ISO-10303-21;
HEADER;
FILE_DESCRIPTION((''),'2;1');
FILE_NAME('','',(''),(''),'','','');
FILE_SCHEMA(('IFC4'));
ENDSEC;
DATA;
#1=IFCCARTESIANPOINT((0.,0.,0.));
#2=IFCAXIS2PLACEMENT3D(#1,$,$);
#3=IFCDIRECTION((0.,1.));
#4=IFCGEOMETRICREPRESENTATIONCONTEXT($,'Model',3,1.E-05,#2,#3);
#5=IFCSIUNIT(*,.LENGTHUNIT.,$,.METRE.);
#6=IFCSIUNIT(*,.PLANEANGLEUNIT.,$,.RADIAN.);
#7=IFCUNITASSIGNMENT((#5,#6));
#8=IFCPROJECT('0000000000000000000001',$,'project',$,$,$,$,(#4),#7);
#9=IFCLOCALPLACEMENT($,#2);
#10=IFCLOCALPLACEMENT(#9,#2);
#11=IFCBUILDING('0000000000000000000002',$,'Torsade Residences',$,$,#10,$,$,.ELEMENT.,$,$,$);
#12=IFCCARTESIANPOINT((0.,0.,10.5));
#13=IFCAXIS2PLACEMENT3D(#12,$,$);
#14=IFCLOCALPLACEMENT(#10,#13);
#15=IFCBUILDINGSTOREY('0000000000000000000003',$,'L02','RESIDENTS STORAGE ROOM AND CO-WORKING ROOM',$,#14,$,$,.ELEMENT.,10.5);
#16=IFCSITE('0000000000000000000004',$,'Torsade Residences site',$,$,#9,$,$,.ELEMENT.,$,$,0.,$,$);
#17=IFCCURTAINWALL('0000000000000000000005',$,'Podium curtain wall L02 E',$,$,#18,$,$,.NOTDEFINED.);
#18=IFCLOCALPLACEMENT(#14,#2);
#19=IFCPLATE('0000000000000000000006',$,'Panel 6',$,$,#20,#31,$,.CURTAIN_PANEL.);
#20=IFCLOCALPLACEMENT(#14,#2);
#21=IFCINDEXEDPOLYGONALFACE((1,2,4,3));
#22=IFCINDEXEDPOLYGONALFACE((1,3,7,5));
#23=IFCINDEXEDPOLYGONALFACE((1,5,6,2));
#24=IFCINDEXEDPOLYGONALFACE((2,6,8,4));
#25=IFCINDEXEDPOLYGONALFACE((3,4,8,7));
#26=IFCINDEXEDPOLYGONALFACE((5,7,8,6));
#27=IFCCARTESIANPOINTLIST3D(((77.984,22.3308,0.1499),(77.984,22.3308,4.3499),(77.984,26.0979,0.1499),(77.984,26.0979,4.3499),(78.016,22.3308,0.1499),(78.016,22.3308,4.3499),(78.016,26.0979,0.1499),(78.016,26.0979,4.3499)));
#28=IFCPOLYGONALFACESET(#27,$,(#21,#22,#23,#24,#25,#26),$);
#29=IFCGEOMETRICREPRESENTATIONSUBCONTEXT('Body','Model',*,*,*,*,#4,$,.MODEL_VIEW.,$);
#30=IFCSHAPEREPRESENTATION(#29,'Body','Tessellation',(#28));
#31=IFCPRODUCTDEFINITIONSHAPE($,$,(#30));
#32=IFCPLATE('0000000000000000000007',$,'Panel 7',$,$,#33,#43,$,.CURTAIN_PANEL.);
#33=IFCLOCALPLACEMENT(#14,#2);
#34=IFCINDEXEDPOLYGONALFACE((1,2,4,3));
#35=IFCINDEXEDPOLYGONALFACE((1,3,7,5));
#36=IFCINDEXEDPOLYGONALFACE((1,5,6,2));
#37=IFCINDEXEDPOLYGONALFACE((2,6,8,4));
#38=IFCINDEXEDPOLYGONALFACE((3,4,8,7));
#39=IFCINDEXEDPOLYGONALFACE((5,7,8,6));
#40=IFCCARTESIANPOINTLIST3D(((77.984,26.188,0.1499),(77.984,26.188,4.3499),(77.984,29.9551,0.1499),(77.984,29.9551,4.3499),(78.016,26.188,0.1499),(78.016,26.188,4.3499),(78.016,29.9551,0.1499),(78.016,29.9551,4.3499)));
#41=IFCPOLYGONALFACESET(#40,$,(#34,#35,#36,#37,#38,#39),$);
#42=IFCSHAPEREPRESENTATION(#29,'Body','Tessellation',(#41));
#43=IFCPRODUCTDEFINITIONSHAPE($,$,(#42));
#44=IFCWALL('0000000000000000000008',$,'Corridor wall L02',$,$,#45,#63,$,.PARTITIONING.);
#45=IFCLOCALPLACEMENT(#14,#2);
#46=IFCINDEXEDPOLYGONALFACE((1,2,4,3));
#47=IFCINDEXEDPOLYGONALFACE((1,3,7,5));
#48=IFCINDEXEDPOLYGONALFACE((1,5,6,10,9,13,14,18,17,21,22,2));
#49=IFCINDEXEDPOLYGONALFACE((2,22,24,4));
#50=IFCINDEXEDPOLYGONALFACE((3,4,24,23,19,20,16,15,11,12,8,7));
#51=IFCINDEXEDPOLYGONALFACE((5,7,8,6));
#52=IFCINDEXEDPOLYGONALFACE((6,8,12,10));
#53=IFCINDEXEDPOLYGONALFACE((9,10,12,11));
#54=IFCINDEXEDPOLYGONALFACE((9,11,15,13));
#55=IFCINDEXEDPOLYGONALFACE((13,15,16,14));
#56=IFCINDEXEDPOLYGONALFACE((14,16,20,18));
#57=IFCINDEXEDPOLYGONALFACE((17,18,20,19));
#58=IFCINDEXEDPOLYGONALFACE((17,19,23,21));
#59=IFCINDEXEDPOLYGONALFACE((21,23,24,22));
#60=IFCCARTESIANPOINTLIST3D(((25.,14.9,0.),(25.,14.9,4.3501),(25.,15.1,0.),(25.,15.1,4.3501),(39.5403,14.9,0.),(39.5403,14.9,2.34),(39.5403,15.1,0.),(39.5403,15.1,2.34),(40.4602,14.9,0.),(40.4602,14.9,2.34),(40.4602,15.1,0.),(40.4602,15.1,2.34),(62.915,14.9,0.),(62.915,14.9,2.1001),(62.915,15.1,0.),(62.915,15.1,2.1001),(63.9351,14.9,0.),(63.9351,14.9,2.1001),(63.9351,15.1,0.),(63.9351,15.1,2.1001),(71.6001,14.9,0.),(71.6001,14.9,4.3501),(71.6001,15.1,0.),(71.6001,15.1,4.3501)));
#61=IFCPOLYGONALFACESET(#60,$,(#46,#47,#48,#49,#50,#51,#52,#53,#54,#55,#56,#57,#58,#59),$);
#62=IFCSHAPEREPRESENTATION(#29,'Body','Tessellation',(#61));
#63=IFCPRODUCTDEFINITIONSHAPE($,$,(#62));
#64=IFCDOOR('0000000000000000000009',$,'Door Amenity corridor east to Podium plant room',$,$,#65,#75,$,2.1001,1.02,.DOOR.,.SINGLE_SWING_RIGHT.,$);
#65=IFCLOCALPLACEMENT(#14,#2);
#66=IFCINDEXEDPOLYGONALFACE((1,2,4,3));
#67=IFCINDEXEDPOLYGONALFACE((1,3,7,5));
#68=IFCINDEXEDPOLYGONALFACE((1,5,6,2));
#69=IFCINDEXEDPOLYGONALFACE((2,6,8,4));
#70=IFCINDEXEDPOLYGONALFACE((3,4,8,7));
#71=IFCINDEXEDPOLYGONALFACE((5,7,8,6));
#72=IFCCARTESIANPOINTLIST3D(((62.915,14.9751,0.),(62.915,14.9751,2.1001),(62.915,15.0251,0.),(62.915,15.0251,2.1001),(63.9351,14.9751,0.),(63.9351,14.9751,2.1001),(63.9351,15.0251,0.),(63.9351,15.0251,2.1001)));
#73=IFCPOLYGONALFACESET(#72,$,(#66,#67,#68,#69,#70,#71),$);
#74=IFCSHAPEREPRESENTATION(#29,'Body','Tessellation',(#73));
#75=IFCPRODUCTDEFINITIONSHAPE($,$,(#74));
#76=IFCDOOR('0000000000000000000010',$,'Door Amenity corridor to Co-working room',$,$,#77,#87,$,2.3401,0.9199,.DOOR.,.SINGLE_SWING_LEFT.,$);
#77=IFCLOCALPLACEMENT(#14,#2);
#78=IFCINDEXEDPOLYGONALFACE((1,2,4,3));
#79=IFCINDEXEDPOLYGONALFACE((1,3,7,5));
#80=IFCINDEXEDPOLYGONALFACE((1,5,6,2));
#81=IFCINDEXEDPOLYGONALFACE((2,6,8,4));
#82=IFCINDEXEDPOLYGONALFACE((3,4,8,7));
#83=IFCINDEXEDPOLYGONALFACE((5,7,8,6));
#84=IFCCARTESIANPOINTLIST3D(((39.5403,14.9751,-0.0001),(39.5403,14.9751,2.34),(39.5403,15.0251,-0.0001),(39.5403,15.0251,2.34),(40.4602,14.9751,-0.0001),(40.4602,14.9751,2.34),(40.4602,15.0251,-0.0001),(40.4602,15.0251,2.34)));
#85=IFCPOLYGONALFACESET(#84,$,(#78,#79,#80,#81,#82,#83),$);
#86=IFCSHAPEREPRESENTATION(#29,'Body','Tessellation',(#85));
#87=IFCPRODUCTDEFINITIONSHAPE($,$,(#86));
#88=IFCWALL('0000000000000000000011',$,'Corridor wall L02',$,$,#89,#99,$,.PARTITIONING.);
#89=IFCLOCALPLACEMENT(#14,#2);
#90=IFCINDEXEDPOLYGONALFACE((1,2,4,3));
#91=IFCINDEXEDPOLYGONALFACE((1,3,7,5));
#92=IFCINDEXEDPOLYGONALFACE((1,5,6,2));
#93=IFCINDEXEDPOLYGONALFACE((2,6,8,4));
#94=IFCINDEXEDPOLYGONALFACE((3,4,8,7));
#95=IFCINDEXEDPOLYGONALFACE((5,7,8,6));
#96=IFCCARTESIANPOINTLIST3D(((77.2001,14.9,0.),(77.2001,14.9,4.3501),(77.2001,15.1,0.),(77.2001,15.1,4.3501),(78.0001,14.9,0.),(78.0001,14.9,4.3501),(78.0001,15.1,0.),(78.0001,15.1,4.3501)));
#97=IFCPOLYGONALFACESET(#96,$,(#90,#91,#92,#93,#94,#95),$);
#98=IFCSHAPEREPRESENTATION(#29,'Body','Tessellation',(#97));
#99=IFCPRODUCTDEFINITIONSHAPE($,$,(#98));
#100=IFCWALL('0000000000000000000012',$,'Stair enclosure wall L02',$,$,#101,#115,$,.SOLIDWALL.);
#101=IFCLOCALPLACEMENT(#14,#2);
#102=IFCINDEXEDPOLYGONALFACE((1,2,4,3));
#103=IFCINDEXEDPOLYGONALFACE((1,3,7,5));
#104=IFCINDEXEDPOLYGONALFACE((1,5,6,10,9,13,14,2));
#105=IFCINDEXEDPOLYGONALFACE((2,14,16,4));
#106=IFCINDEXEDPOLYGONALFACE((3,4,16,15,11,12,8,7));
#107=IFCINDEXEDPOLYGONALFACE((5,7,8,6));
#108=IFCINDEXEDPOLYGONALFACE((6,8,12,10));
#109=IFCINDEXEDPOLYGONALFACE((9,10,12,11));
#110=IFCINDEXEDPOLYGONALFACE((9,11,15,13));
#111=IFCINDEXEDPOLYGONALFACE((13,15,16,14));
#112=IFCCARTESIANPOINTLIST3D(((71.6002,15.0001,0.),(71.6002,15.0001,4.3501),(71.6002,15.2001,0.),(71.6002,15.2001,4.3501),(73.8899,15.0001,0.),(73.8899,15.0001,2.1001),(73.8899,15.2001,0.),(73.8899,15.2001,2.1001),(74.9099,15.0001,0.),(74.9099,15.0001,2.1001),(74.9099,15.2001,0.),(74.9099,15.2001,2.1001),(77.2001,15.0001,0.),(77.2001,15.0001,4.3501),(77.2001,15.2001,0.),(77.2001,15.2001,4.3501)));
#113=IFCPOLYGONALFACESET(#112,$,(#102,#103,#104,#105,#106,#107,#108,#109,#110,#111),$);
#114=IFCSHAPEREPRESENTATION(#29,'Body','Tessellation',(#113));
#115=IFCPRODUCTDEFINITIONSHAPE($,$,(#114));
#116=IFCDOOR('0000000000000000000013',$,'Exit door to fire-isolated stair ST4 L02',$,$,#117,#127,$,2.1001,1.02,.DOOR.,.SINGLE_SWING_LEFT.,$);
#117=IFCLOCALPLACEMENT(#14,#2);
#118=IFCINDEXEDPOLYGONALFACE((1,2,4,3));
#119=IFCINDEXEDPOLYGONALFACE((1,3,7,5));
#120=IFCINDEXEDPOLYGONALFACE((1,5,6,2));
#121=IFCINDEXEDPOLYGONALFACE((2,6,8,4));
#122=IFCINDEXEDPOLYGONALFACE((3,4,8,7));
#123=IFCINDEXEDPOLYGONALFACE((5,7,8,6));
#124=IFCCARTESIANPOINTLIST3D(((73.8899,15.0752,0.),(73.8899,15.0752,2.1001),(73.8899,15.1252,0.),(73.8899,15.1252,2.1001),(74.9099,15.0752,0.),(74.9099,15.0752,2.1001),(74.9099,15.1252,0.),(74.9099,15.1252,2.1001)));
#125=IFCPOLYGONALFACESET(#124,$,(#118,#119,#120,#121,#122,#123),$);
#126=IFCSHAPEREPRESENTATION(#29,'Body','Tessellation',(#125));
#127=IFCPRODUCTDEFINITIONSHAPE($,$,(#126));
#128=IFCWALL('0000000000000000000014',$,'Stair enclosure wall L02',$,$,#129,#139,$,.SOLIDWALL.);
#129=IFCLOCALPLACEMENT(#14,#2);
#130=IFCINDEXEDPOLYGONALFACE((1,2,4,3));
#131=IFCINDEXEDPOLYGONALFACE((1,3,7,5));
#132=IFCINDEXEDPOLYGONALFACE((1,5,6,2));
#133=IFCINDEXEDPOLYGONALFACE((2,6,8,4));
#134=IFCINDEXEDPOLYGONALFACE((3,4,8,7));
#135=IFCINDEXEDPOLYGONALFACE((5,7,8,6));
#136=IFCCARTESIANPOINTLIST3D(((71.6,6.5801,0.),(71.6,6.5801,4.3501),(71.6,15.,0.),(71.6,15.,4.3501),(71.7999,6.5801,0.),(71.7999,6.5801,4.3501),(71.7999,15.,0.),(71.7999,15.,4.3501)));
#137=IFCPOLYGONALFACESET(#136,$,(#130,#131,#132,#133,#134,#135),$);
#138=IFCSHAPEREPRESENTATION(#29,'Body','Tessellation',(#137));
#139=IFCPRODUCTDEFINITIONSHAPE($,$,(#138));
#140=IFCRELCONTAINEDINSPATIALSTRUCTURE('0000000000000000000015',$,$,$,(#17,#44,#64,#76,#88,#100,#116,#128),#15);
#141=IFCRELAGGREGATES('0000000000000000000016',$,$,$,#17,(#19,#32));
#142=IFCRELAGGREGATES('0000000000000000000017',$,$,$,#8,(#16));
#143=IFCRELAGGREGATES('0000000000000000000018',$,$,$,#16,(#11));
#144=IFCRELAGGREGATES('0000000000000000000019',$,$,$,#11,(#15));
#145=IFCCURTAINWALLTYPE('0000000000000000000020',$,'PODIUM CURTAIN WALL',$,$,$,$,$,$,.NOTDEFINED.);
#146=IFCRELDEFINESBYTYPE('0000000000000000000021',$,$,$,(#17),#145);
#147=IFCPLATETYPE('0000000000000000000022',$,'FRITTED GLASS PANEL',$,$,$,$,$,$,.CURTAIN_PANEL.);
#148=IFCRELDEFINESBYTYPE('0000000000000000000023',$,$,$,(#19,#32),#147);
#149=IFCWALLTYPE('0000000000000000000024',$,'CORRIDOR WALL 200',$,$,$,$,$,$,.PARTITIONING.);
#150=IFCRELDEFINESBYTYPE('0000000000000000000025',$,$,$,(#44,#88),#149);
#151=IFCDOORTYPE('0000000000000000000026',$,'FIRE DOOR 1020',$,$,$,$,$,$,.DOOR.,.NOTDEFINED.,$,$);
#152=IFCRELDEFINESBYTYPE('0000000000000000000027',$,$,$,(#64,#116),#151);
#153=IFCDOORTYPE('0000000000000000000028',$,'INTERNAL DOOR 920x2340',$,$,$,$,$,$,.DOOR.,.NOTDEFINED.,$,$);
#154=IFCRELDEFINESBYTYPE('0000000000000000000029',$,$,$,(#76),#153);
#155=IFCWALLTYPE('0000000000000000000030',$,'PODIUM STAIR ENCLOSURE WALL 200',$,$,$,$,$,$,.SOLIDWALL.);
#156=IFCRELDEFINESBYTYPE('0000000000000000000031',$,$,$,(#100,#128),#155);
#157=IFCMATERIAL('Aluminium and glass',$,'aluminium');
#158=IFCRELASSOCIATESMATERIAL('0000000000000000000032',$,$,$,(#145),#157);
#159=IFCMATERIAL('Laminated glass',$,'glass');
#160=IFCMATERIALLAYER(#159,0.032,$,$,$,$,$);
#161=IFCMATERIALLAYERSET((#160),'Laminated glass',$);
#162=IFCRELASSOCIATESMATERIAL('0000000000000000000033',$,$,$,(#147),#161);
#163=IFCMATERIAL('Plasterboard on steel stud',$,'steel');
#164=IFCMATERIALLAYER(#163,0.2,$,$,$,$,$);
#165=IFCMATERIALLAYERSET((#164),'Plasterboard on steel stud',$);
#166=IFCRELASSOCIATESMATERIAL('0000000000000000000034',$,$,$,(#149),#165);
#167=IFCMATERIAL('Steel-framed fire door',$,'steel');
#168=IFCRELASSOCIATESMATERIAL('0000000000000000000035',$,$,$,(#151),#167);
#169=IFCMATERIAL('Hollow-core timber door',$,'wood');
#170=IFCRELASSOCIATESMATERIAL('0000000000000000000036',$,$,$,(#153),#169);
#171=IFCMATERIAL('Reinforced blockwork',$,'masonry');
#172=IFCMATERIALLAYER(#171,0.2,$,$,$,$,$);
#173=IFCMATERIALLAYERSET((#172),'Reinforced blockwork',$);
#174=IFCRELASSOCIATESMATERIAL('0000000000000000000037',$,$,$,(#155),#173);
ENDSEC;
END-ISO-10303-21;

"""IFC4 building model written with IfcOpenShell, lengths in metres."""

from ifc_helpers import new_model, si_unit, direction, frame, frame_2d, origin, origin_2d, place, context, subcontext, project, spatial, rectangle, extrude, material, layer, layer_set, type_object, element, fill, aggregate, save


model = new_model("IFC4")

# Units and contexts
model_context = context("Model", 3, precision=1e-05, world=origin(), true_north=direction((0.0, 1.0)))
body_context = subcontext(model_context, "Body", "Model", "MODEL_VIEW")
ifc_project = project(units=[si_unit("LENGTHUNIT", "METRE"), si_unit("PLANEANGLEUNIT", "RADIAN")], contexts=[model_context])

# Site, building, storey
site_placement = place(None, origin())
site = spatial("IfcSite", under=ifc_project, at=site_placement, Name="Torsade Residences site", CompositionType="ELEMENT", RefElevation=0.0)
building_placement = place(site_placement, origin())
building = spatial("IfcBuilding", under=site, at=building_placement, Name="Torsade Residences", CompositionType="ELEMENT")
storey_placement = place(building_placement, frame((0.0, 0.0, 10.5)))
storey = spatial("IfcBuildingStorey", under=building, at=storey_placement, Name="L02", Description="RESIDENTS STORAGE ROOM AND CO-WORKING ROOM", CompositionType="ELEMENT", Elevation=10.5)

# Curtain wall
ifc_material_1 = material(Name="Aluminium and glass", Category="aluminium")
curtain_wall_type = type_object("IfcCurtainWallType", Name="PODIUM CURTAIN WALL", PredefinedType="NOTDEFINED", material=ifc_material_1)
curtain_wall_placement = place(storey_placement, origin())
curtain_wall = element("IfcCurtainWall", 1, at=curtain_wall_placement, inside=storey, type_object=curtain_wall_type, Name="Podium curtain wall L02 E", PredefinedType="NOTDEFINED")

# Plates
ifc_material_2 = material(Name="Laminated glass", Category="glass")
ifc_layer_1 = layer(ifc_material_2, 0.032)
ifc_layer_set_1 = layer_set([ifc_layer_1], Name="Laminated glass")
plate_type = type_object("IfcPlateType", Name="FRITTED GLASS PANEL", PredefinedType="CURTAIN_PANEL", material=ifc_layer_set_1)
plate_1_placement = place(storey_placement, frame((78.0, 24.2144, 0.1499), z_axis=(0.0, 0.0, 1.0), x_axis=(0.0, 1.0, 0.0)))
plate_1 = element("IfcPlate", 2, at=plate_1_placement, type_object=plate_type, Name="Panel 6", PredefinedType="CURTAIN_PANEL", context=body_context, shape_type="SweptSolid", body=[
    extrude(rectangle(XDim=3.7671, YDim=0.032, at=origin_2d()), origin(), (0.0, 0.0, 1.0), 4.2),
])
plate_2_placement = place(storey_placement, frame((78.0, 28.0715, 0.1499), z_axis=(0.0, 0.0, 1.0), x_axis=(0.0, 1.0, 0.0)))
plate_2 = element("IfcPlate", 3, at=plate_2_placement, type_object=plate_type, Name="Panel 7", PredefinedType="CURTAIN_PANEL", context=body_context, shape_type="SweptSolid", body=[
    extrude(rectangle(XDim=3.7671, YDim=0.032, at=origin_2d()), origin(), (0.0, 0.0, 1.0), 4.2),
])
aggregate(curtain_wall, [plate_1, plate_2])

# Wall, openings, doors
ifc_material_3 = material(Name="Plasterboard on steel stud", Category="steel")
ifc_layer_2 = layer(ifc_material_3, 0.2)
ifc_layer_set_2 = layer_set([ifc_layer_2], Name="Plasterboard on steel stud")
wall_type_1 = type_object("IfcWallType", Name="CORRIDOR WALL 200", PredefinedType="PARTITIONING", material=ifc_layer_set_2)
wall_1_placement = place(storey_placement, frame((71.6001, 15.0, 0.0), z_axis=(0.0, 0.0, 1.0), x_axis=(-1.0, 0.0, 0.0)))
wall_1 = element("IfcWall", 4, at=wall_1_placement, inside=storey, type_object=wall_type_1, Name="Corridor wall L02", PredefinedType="PARTITIONING", context=body_context, shape_type="SweptSolid", body=[
    extrude(rectangle(XDim=46.6001, YDim=0.2, at=frame_2d((23.3, 0.0))), origin(), (0.0, 0.0, 1.0), 4.3501),
])
opening_1_placement = place(wall_1_placement, frame((31.1399, 0.0, 0.0)))
opening_1 = element("IfcOpeningElement", 5, at=opening_1_placement, cuts=wall_1, PredefinedType="OPENING", context=body_context, shape_type="SweptSolid", body=[
    extrude(rectangle(XDim=0.9199, YDim=2.3401, at=frame_2d((0.46, 1.1699))), frame((0.0, 0.1099, 0.0), z_axis=(0.0, -1.0, 0.0), x_axis=(1.0, 0.0, 0.0)), (0.0, 0.0, 1.0), 0.22),
])
opening_2_placement = place(wall_1_placement, frame((7.665, 0.0, 0.0)))
opening_2 = element("IfcOpeningElement", 6, at=opening_2_placement, cuts=wall_1, PredefinedType="OPENING", context=body_context, shape_type="SweptSolid", body=[
    extrude(rectangle(XDim=1.02, YDim=2.1001, at=frame_2d((0.51, 1.05))), frame((0.0, 0.1099, 0.0), z_axis=(0.0, -1.0, 0.0), x_axis=(1.0, 0.0, 0.0)), (0.0, 0.0, 1.0), 0.22),
])
ifc_material_4 = material(Name="Steel-framed fire door", Category="steel")
door_type_1 = type_object("IfcDoorType", Name="FIRE DOOR 1020", OperationType="NOTDEFINED", PredefinedType="DOOR", material=ifc_material_4)
door_1_placement = place(opening_2_placement, origin())
door_1 = element("IfcDoor", 7, at=door_1_placement, inside=storey, type_object=door_type_1, Name="Door Amenity corridor east to Podium plant room", OperationType="SINGLE_SWING_RIGHT", OverallHeight=2.1001, OverallWidth=1.02, PredefinedType="DOOR", context=body_context, shape_type="SweptSolid", body=[
    extrude(rectangle(XDim=1.02, YDim=2.1001, at=frame_2d((0.51, 1.05))), frame((0.0, 0.0249, 0.0), z_axis=(0.0, -1.0, 0.0), x_axis=(1.0, 0.0, 0.0)), (0.0, 0.0, 1.0), 0.05),
])
fill(opening_2, door_1)
ifc_material_5 = material(Name="Hollow-core timber door", Category="wood")
door_type_2 = type_object("IfcDoorType", Name="INTERNAL DOOR 920x2340", OperationType="NOTDEFINED", PredefinedType="DOOR", material=ifc_material_5)
door_2_placement = place(opening_1_placement, origin())
door_2 = element("IfcDoor", 8, at=door_2_placement, inside=storey, type_object=door_type_2, Name="Door Amenity corridor to Co-working room", OperationType="SINGLE_SWING_LEFT", OverallHeight=2.3401, OverallWidth=0.9199, PredefinedType="DOOR", context=body_context, shape_type="SweptSolid", body=[
    extrude(rectangle(XDim=0.9199, YDim=2.3401, at=frame_2d((0.46, 1.1699))), frame((0.0, 0.0249, 0.0), z_axis=(0.0, -1.0, 0.0), x_axis=(1.0, 0.0, 0.0)), (0.0, 0.0, 1.0), 0.05),
])
fill(opening_1, door_2)

# Wall
wall_2_placement = place(storey_placement, frame((78.0, 15.0, 0.0), z_axis=(0.0, 0.0, 1.0), x_axis=(-1.0, 0.0, 0.0)))
element("IfcWall", 9, at=wall_2_placement, inside=storey, type_object=wall_type_1, Name="Corridor wall L02", PredefinedType="PARTITIONING", context=body_context, shape_type="SweptSolid", body=[
    extrude(rectangle(XDim=0.8, YDim=0.2, at=frame_2d((0.3999, 0.0))), origin(), (0.0, 0.0, 1.0), 4.3501),
])

# Wall, opening, door
ifc_material_6 = material(Name="Reinforced blockwork", Category="masonry")
ifc_layer_3 = layer(ifc_material_6, 0.2)
ifc_layer_set_3 = layer_set([ifc_layer_3], Name="Reinforced blockwork")
wall_type_2 = type_object("IfcWallType", Name="PODIUM STAIR ENCLOSURE WALL 200", PredefinedType="SOLIDWALL", material=ifc_layer_set_3)
wall_3_placement = place(storey_placement, frame((77.2, 15.1001, 0.0), z_axis=(0.0, 0.0, 1.0), x_axis=(-1.0, 0.0, 0.0)))
wall_3 = element("IfcWall", 10, at=wall_3_placement, inside=storey, type_object=wall_type_2, Name="Stair enclosure wall L02", PredefinedType="SOLIDWALL", context=body_context, shape_type="SweptSolid", body=[
    extrude(rectangle(XDim=5.5999, YDim=0.2, at=frame_2d((2.7998, 0.0))), origin(), (0.0, 0.0, 1.0), 4.3501),
])
opening_3_placement = place(wall_3_placement, frame((2.29, 0.0, 0.0)))
opening_3 = element("IfcOpeningElement", 11, at=opening_3_placement, cuts=wall_3, PredefinedType="OPENING", context=body_context, shape_type="SweptSolid", body=[
    extrude(rectangle(XDim=1.02, YDim=2.1001, at=frame_2d((0.51, 1.05))), frame((0.0, 0.1099, 0.0), z_axis=(0.0, -1.0, 0.0), x_axis=(1.0, 0.0, 0.0)), (0.0, 0.0, 1.0), 0.22),
])
door_3_placement = place(opening_3_placement, origin())
door_3 = element("IfcDoor", 12, at=door_3_placement, inside=storey, type_object=door_type_1, Name="Exit door to fire-isolated stair ST4 L02", OperationType="SINGLE_SWING_LEFT", OverallHeight=2.1001, OverallWidth=1.02, PredefinedType="DOOR", context=body_context, shape_type="SweptSolid", body=[
    extrude(rectangle(XDim=1.02, YDim=2.1001, at=frame_2d((0.51, 1.05))), frame((0.0, 0.0249, 0.0), z_axis=(0.0, -1.0, 0.0), x_axis=(1.0, 0.0, 0.0)), (0.0, 0.0, 1.0), 0.05),
])
fill(opening_3, door_3)

# Wall
wall_4_placement = place(storey_placement, frame((71.7, 15.0, 0.0), z_axis=(0.0, 0.0, 1.0), x_axis=(0.0, -1.0, 0.0)))
element("IfcWall", 13, at=wall_4_placement, inside=storey, type_object=wall_type_2, Name="Stair enclosure wall L02", PredefinedType="SOLIDWALL", context=body_context, shape_type="SweptSolid", body=[
    extrude(rectangle(XDim=8.4199, YDim=0.2, at=frame_2d((4.21, 0.0))), origin(), (0.0, 0.0, 1.0), 4.3501),
])

save(model, "model.ifc")
